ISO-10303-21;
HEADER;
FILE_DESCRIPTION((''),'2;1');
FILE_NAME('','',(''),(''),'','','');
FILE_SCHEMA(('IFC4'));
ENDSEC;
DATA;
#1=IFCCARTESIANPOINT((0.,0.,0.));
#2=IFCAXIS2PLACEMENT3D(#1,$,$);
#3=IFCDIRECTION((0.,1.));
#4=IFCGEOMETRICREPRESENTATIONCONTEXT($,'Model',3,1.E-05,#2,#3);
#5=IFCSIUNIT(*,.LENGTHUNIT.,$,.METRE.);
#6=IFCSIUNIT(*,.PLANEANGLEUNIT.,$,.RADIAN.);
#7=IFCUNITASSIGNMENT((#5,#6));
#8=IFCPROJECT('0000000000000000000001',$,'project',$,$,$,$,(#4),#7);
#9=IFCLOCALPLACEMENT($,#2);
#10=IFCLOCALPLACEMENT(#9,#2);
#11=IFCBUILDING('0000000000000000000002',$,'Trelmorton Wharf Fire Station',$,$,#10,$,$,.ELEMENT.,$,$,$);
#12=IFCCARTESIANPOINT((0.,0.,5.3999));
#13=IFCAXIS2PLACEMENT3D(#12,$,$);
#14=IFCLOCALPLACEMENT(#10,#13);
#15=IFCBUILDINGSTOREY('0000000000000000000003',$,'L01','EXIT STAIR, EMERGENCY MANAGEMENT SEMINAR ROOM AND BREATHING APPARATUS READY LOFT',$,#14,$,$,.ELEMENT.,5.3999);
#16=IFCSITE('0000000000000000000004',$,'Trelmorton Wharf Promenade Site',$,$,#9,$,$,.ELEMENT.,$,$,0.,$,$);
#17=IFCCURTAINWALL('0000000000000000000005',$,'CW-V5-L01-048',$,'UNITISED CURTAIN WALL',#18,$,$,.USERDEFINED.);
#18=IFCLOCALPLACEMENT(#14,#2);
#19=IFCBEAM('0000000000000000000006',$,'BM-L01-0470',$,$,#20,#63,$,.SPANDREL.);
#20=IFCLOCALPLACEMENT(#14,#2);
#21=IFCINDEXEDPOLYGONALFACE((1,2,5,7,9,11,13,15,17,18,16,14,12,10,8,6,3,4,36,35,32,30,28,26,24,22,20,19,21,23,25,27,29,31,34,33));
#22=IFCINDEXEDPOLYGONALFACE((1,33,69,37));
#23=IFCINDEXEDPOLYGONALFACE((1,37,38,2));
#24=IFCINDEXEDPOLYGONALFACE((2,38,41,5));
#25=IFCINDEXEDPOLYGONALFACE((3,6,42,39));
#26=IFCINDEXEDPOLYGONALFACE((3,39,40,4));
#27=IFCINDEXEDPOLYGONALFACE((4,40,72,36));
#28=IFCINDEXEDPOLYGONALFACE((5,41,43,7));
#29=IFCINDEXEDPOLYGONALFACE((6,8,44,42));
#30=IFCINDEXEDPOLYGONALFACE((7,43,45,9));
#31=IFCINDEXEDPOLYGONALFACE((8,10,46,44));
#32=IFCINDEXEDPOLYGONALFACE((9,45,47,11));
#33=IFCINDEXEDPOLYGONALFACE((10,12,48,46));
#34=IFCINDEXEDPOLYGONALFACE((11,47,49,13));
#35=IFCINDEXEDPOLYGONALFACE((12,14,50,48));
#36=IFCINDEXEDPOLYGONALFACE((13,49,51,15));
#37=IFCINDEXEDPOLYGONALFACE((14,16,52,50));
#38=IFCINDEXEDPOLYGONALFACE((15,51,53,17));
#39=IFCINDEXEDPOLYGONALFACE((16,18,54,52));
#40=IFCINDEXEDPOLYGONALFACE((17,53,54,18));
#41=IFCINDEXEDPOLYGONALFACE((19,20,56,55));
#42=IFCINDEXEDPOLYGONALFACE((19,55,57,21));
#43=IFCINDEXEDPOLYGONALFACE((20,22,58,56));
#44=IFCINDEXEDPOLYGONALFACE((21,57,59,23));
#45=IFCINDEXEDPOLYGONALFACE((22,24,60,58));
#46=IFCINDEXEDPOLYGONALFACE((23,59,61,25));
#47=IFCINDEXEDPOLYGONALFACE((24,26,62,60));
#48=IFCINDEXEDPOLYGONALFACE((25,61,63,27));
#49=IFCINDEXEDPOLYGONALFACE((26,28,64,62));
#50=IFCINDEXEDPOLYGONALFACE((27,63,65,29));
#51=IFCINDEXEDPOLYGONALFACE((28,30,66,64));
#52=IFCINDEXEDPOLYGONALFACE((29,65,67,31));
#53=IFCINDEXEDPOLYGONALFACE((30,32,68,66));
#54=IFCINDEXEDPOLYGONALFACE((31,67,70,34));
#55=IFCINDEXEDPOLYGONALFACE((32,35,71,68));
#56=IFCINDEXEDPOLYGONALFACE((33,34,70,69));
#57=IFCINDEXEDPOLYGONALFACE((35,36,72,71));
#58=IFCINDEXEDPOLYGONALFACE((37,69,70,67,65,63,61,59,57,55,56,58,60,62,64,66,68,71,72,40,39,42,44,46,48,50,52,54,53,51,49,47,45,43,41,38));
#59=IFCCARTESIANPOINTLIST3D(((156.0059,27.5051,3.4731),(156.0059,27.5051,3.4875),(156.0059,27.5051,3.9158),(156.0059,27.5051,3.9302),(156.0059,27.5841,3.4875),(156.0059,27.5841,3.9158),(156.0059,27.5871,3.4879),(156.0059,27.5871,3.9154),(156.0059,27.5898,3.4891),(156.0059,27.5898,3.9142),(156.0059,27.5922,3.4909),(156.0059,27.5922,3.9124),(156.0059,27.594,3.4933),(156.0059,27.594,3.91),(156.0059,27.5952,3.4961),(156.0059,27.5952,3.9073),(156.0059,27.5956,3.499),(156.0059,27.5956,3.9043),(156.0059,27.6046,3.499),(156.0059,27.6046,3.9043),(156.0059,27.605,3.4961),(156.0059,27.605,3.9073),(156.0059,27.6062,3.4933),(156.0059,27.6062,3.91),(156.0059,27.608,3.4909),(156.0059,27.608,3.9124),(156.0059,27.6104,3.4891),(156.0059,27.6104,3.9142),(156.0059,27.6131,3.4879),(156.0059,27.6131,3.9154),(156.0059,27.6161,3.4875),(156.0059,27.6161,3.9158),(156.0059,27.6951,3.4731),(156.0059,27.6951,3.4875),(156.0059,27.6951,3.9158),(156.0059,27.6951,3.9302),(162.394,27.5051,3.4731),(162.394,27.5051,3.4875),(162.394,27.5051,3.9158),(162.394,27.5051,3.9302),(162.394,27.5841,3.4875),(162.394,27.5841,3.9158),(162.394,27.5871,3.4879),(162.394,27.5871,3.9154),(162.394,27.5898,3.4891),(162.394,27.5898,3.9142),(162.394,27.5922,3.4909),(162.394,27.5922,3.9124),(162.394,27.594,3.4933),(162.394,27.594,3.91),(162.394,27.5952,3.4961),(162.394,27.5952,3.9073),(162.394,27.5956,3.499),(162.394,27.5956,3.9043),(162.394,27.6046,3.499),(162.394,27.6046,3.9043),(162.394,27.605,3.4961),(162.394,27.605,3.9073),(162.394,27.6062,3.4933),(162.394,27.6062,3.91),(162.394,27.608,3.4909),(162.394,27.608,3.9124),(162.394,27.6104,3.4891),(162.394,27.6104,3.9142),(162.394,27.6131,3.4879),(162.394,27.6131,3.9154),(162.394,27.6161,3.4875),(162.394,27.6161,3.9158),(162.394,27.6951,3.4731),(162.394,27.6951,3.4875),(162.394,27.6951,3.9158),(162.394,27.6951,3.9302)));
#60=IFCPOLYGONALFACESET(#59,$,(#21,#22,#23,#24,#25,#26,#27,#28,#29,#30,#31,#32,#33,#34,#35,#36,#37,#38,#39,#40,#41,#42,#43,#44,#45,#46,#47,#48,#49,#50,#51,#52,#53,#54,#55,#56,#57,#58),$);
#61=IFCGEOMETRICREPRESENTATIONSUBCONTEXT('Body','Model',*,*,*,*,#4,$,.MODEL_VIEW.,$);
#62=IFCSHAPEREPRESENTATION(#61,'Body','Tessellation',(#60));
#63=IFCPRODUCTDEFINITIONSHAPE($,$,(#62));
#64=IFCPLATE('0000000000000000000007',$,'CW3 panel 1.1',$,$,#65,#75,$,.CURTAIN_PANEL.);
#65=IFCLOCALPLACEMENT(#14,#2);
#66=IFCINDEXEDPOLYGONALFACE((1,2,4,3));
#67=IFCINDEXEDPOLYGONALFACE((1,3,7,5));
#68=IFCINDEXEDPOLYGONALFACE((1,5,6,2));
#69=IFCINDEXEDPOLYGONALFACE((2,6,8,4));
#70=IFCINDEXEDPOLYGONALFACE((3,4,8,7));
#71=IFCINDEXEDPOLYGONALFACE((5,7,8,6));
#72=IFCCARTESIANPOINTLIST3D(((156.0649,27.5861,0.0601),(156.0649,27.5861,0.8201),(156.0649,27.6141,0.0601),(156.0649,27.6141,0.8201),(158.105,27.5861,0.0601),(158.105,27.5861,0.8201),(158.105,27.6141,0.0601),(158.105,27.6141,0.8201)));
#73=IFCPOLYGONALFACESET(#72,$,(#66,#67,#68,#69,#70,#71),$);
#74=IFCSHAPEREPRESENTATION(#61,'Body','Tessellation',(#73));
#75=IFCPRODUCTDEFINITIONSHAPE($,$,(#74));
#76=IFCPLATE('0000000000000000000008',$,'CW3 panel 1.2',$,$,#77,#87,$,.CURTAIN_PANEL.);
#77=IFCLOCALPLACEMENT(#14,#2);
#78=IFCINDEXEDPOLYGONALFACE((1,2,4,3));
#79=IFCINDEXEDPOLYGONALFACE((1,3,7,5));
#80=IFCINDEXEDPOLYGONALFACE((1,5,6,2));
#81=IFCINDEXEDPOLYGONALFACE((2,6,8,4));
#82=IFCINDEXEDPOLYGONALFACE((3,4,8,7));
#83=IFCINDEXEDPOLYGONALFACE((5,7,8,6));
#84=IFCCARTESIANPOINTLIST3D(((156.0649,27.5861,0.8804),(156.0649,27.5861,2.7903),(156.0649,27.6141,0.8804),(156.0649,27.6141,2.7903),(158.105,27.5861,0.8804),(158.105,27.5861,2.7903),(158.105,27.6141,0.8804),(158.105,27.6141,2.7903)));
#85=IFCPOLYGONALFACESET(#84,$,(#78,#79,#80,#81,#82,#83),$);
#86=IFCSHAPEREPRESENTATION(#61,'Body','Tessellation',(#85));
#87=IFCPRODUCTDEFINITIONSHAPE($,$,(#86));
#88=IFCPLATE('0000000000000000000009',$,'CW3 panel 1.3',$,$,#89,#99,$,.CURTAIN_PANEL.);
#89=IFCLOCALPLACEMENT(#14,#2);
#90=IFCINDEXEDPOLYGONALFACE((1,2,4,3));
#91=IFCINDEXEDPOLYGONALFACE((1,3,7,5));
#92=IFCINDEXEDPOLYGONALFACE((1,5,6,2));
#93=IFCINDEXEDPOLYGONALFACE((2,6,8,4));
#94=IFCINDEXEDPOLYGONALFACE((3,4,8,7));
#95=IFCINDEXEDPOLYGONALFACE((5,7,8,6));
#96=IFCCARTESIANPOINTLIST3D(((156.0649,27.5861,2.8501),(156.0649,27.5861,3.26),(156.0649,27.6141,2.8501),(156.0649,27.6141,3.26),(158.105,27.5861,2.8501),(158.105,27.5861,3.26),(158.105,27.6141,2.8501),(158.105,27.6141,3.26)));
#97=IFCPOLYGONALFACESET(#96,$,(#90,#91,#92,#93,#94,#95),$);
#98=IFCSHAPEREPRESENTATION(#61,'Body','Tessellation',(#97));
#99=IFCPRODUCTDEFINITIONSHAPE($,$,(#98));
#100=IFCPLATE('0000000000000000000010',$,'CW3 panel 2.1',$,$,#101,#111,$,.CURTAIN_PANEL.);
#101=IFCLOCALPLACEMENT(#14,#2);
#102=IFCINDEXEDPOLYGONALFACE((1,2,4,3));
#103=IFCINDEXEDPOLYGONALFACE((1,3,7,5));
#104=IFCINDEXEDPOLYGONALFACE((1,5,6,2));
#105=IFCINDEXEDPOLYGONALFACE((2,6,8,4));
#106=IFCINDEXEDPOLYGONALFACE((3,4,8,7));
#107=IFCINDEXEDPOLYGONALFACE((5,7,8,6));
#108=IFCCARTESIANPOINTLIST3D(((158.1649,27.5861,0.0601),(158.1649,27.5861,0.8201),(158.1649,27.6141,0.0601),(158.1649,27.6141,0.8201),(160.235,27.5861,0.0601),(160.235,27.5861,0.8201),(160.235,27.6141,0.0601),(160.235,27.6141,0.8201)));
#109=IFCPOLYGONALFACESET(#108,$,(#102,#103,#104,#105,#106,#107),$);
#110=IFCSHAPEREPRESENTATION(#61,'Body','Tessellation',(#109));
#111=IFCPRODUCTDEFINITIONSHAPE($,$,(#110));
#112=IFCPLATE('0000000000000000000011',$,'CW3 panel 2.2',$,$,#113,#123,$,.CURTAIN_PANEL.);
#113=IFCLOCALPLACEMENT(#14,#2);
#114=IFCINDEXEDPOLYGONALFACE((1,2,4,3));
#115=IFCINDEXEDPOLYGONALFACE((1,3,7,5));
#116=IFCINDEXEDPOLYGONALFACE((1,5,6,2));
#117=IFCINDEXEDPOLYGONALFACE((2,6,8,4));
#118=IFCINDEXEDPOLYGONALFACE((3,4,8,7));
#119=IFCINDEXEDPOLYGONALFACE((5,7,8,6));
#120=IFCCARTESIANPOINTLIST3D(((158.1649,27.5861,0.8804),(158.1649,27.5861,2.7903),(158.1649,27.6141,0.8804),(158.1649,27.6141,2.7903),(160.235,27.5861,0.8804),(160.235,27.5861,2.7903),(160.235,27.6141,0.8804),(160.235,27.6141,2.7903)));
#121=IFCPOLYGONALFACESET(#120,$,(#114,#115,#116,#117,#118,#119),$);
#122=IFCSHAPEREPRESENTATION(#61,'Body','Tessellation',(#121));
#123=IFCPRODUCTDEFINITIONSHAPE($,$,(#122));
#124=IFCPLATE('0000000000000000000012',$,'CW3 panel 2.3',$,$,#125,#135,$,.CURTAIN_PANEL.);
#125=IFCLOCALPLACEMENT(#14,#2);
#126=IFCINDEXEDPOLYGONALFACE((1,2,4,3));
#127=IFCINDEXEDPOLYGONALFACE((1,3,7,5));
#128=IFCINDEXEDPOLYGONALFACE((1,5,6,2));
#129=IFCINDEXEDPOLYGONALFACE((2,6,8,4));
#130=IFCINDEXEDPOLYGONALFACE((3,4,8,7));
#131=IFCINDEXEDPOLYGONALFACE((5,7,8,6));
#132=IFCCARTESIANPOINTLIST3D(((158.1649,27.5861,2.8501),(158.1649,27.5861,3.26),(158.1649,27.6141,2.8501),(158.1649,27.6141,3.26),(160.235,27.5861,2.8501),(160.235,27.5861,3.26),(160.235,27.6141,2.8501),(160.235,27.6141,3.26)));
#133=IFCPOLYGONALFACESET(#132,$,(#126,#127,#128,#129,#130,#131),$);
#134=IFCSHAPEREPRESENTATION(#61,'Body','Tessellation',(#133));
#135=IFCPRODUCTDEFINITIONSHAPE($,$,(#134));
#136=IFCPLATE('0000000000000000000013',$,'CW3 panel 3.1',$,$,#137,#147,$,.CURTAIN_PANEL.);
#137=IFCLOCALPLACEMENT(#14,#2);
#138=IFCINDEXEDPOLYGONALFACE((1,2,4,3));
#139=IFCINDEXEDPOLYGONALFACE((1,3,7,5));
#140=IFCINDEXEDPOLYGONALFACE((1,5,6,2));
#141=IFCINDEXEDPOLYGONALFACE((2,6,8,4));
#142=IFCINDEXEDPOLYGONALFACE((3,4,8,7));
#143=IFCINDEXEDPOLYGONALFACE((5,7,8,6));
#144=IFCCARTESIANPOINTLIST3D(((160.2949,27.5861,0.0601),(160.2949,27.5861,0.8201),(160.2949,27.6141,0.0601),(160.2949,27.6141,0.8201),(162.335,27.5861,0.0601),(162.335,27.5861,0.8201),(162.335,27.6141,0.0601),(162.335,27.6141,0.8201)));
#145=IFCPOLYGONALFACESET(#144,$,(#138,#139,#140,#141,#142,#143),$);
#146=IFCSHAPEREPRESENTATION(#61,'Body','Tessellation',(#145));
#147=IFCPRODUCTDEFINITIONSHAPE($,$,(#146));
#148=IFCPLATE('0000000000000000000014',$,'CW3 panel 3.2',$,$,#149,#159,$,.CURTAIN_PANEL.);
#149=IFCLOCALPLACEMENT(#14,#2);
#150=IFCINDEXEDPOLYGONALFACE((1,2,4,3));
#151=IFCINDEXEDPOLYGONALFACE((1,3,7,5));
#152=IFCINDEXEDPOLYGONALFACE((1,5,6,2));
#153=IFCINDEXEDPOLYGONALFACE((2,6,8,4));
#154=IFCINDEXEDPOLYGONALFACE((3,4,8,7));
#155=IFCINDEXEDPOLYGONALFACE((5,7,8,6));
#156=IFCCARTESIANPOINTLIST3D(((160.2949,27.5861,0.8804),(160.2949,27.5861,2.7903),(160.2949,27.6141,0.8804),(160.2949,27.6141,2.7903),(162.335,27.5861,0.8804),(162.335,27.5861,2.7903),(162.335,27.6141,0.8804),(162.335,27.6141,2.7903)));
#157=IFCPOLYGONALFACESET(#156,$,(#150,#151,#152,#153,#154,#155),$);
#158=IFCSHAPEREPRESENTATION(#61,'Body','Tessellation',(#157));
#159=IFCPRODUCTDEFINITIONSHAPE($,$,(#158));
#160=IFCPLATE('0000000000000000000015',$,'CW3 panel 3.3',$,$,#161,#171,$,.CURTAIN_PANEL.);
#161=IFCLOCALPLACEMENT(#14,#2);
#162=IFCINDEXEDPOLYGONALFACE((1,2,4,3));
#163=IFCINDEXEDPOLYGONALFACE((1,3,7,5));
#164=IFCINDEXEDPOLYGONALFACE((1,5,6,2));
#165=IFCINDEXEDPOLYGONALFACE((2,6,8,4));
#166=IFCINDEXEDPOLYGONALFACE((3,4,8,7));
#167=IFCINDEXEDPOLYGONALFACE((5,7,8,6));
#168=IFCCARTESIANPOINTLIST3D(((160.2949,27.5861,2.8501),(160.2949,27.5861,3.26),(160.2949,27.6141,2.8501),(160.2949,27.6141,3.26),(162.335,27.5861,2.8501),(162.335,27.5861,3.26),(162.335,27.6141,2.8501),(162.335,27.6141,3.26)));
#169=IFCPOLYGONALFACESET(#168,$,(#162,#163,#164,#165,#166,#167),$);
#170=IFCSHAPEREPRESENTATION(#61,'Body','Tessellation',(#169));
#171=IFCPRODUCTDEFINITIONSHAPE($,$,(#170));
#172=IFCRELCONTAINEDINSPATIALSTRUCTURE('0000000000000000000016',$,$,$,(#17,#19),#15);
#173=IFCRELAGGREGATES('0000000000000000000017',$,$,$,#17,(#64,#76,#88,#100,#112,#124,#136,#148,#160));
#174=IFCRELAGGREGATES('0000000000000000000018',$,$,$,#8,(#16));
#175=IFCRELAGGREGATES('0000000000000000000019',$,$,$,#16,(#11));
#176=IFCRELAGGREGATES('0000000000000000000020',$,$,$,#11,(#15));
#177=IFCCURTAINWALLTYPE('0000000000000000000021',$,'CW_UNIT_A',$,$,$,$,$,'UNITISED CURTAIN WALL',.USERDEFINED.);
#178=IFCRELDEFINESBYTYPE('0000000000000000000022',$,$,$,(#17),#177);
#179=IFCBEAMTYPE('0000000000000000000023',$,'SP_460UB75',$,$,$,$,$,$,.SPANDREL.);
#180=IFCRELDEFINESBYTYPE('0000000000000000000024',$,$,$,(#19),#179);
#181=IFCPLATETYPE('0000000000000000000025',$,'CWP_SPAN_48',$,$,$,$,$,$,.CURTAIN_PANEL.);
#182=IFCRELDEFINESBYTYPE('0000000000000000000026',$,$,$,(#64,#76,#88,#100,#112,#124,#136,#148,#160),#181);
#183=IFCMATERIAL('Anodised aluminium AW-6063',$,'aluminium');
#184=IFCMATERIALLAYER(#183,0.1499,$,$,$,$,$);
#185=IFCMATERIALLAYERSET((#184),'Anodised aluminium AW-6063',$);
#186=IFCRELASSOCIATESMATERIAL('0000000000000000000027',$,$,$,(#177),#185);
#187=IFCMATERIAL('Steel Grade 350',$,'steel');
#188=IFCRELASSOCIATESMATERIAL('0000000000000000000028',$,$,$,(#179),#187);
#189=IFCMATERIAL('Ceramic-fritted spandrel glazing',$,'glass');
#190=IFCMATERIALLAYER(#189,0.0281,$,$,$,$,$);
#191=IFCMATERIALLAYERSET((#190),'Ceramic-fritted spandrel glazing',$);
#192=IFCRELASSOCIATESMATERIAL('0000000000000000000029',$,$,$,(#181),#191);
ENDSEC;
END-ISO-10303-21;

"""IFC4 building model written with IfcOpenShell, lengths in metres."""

from ifc_helpers import new_model, si_unit, direction, frame, origin, origin_2d, place, context, subcontext, project, spatial, rectangle, i_section, extrude, material, layer, layer_set, material_profile, profile_set, type_object, element, aggregate, save


model = new_model("IFC4")

# Units and contexts
model_context = context("Model", 3, precision=1e-05, world=origin(), true_north=direction((0.0, 1.0)))
body_context = subcontext(model_context, "Body", "Model", "MODEL_VIEW")
ifc_project = project(units=[si_unit("LENGTHUNIT", "METRE"), si_unit("PLANEANGLEUNIT", "RADIAN")], contexts=[model_context])

# Site, building, storey
site_placement = place(None, origin())
site = spatial("IfcSite", under=ifc_project, at=site_placement, Name="Trelmorton Wharf Promenade Site", CompositionType="ELEMENT", RefElevation=0.0)
building_placement = place(site_placement, origin())
building = spatial("IfcBuilding", under=site, at=building_placement, Name="Trelmorton Wharf Fire Station", CompositionType="ELEMENT")
storey_placement = place(building_placement, frame((0.0, 0.0, 5.3999)))
storey = spatial("IfcBuildingStorey", under=building, at=storey_placement, Name="L01", Description="EXIT STAIR, EMERGENCY MANAGEMENT SEMINAR ROOM AND BREATHING APPARATUS READY LOFT", CompositionType="ELEMENT", Elevation=5.3999)

# Shared definitions
ifc_material_1 = material(Name="Steel Grade 350", Category="steel")

# Curtain wall
ifc_material_2 = material(Name="Anodised aluminium AW-6063", Category="aluminium")
ifc_layer_1 = layer(ifc_material_2, 0.1499)
ifc_layer_set_1 = layer_set([ifc_layer_1], Name="Anodised aluminium AW-6063")
curtain_wall_type = type_object("IfcCurtainWallType", Name="CW_UNIT_A", ElementType="UNITISED CURTAIN WALL", PredefinedType="USERDEFINED", material=ifc_layer_set_1)
curtain_wall_placement = place(storey_placement, origin())
curtain_wall = element("IfcCurtainWall", 1, at=curtain_wall_placement, inside=storey, type_object=curtain_wall_type, Name="CW-V5-L01-048", ObjectType="UNITISED CURTAIN WALL", PredefinedType="USERDEFINED")

# Beam
ifc_material_profile_1 = material_profile(ifc_material_1, i_section(OverallWidth=0.1899, OverallDepth=0.457, WebThickness=0.009, FlangeThickness=0.0144, FilletRadius=0.0115, at=origin_2d()), Name="460UB74.6")
ifc_profile_set_1 = profile_set([ifc_material_profile_1], Name="Steel Grade 350")
beam_type = type_object("IfcBeamType", Name="SP_460UB75", PredefinedType="SPANDREL", material=ifc_profile_set_1)
beam_1_placement = place(storey_placement, frame((156.0059, 27.6001, 3.7017), z_axis=(1.0, 0.0, 0.0), x_axis=(0.0, 1.0, 0.0)))
element("IfcBeam", 2, at=beam_1_placement, inside=storey, type_object=beam_type, Name="BM-L01-0470", PredefinedType="SPANDREL", context=body_context, shape_type="SweptSolid", body=[
    extrude(i_section(OverallWidth=0.1899, OverallDepth=0.457, WebThickness=0.009, FlangeThickness=0.0144, FilletRadius=0.0115, at=origin_2d()), origin(), (0.0, 0.0, 1.0), 6.3882),
])

# Plates
ifc_material_3 = material(Name="Ceramic-fritted spandrel glazing", Category="glass")
ifc_layer_2 = layer(ifc_material_3, 0.0281)
ifc_layer_set_2 = layer_set([ifc_layer_2], Name="Ceramic-fritted spandrel glazing")
plate_type = type_object("IfcPlateType", Name="CWP_SPAN_48", PredefinedType="CURTAIN_PANEL", material=ifc_layer_set_2)
plate_1_placement = place(storey_placement, frame((157.085, 27.6001, 0.0601), z_axis=(0.0, 0.0, 1.0), x_axis=(1.0, 0.0, 0.0)))
plate_1 = element("IfcPlate", 3, at=plate_1_placement, type_object=plate_type, Name="CW3 panel 1.1", PredefinedType="CURTAIN_PANEL", context=body_context, shape_type="SweptSolid", body=[
    extrude(rectangle(XDim=2.04, YDim=0.0281, at=origin_2d()), origin(), (0.0, 0.0, 1.0), 0.76),
])
plate_2_placement = place(storey_placement, frame((157.085, 27.6001, 0.8804), z_axis=(0.0, 0.0, 1.0), x_axis=(1.0, 0.0, 0.0)))
plate_2 = element("IfcPlate", 4, at=plate_2_placement, type_object=plate_type, Name="CW3 panel 1.2", PredefinedType="CURTAIN_PANEL", context=body_context, shape_type="SweptSolid", body=[
    extrude(rectangle(XDim=2.04, YDim=0.0281, at=origin_2d()), origin(), (0.0, 0.0, 1.0), 1.9099),
])
plate_3_placement = place(storey_placement, frame((157.085, 27.6001, 2.8501), z_axis=(0.0, 0.0, 1.0), x_axis=(1.0, 0.0, 0.0)))
plate_3 = element("IfcPlate", 5, at=plate_3_placement, type_object=plate_type, Name="CW3 panel 1.3", PredefinedType="CURTAIN_PANEL", context=body_context, shape_type="SweptSolid", body=[
    extrude(rectangle(XDim=2.04, YDim=0.0281, at=origin_2d()), origin(), (0.0, 0.0, 1.0), 0.4099),
])
plate_4_placement = place(storey_placement, frame((159.2, 27.6001, 0.0601), z_axis=(0.0, 0.0, 1.0), x_axis=(1.0, 0.0, 0.0)))
plate_4 = element("IfcPlate", 6, at=plate_4_placement, type_object=plate_type, Name="CW3 panel 2.1", PredefinedType="CURTAIN_PANEL", context=body_context, shape_type="SweptSolid", body=[
    extrude(rectangle(XDim=2.0701, YDim=0.0281, at=origin_2d()), origin(), (0.0, 0.0, 1.0), 0.76),
])
plate_5_placement = place(storey_placement, frame((159.2, 27.6001, 0.8804), z_axis=(0.0, 0.0, 1.0), x_axis=(1.0, 0.0, 0.0)))
plate_5 = element("IfcPlate", 7, at=plate_5_placement, type_object=plate_type, Name="CW3 panel 2.2", PredefinedType="CURTAIN_PANEL", context=body_context, shape_type="SweptSolid", body=[
    extrude(rectangle(XDim=2.0701, YDim=0.0281, at=origin_2d()), origin(), (0.0, 0.0, 1.0), 1.9099),
])
plate_6_placement = place(storey_placement, frame((159.2, 27.6001, 2.8501), z_axis=(0.0, 0.0, 1.0), x_axis=(1.0, 0.0, 0.0)))
plate_6 = element("IfcPlate", 8, at=plate_6_placement, type_object=plate_type, Name="CW3 panel 2.3", PredefinedType="CURTAIN_PANEL", context=body_context, shape_type="SweptSolid", body=[
    extrude(rectangle(XDim=2.0701, YDim=0.0281, at=origin_2d()), origin(), (0.0, 0.0, 1.0), 0.4099),
])
plate_7_placement = place(storey_placement, frame((161.3149, 27.6001, 0.0601), z_axis=(0.0, 0.0, 1.0), x_axis=(1.0, 0.0, 0.0)))
plate_7 = element("IfcPlate", 9, at=plate_7_placement, type_object=plate_type, Name="CW3 panel 3.1", PredefinedType="CURTAIN_PANEL", context=body_context, shape_type="SweptSolid", body=[
    extrude(rectangle(XDim=2.04, YDim=0.0281, at=origin_2d()), origin(), (0.0, 0.0, 1.0), 0.76),
])
plate_8_placement = place(storey_placement, frame((161.3149, 27.6001, 0.8804), z_axis=(0.0, 0.0, 1.0), x_axis=(1.0, 0.0, 0.0)))
plate_8 = element("IfcPlate", 10, at=plate_8_placement, type_object=plate_type, Name="CW3 panel 3.2", PredefinedType="CURTAIN_PANEL", context=body_context, shape_type="SweptSolid", body=[
    extrude(rectangle(XDim=2.04, YDim=0.0281, at=origin_2d()), origin(), (0.0, 0.0, 1.0), 1.9099),
])
plate_9_placement = place(storey_placement, frame((161.3149, 27.6001, 2.8501), z_axis=(0.0, 0.0, 1.0), x_axis=(1.0, 0.0, 0.0)))
plate_9 = element("IfcPlate", 11, at=plate_9_placement, type_object=plate_type, Name="CW3 panel 3.3", PredefinedType="CURTAIN_PANEL", context=body_context, shape_type="SweptSolid", body=[
    extrude(rectangle(XDim=2.04, YDim=0.0281, at=origin_2d()), origin(), (0.0, 0.0, 1.0), 0.4099),
])
aggregate(curtain_wall, [plate_1, plate_2, plate_3, plate_4, plate_5, plate_6, plate_7, plate_8, plate_9])

save(model, "model.ifc")
